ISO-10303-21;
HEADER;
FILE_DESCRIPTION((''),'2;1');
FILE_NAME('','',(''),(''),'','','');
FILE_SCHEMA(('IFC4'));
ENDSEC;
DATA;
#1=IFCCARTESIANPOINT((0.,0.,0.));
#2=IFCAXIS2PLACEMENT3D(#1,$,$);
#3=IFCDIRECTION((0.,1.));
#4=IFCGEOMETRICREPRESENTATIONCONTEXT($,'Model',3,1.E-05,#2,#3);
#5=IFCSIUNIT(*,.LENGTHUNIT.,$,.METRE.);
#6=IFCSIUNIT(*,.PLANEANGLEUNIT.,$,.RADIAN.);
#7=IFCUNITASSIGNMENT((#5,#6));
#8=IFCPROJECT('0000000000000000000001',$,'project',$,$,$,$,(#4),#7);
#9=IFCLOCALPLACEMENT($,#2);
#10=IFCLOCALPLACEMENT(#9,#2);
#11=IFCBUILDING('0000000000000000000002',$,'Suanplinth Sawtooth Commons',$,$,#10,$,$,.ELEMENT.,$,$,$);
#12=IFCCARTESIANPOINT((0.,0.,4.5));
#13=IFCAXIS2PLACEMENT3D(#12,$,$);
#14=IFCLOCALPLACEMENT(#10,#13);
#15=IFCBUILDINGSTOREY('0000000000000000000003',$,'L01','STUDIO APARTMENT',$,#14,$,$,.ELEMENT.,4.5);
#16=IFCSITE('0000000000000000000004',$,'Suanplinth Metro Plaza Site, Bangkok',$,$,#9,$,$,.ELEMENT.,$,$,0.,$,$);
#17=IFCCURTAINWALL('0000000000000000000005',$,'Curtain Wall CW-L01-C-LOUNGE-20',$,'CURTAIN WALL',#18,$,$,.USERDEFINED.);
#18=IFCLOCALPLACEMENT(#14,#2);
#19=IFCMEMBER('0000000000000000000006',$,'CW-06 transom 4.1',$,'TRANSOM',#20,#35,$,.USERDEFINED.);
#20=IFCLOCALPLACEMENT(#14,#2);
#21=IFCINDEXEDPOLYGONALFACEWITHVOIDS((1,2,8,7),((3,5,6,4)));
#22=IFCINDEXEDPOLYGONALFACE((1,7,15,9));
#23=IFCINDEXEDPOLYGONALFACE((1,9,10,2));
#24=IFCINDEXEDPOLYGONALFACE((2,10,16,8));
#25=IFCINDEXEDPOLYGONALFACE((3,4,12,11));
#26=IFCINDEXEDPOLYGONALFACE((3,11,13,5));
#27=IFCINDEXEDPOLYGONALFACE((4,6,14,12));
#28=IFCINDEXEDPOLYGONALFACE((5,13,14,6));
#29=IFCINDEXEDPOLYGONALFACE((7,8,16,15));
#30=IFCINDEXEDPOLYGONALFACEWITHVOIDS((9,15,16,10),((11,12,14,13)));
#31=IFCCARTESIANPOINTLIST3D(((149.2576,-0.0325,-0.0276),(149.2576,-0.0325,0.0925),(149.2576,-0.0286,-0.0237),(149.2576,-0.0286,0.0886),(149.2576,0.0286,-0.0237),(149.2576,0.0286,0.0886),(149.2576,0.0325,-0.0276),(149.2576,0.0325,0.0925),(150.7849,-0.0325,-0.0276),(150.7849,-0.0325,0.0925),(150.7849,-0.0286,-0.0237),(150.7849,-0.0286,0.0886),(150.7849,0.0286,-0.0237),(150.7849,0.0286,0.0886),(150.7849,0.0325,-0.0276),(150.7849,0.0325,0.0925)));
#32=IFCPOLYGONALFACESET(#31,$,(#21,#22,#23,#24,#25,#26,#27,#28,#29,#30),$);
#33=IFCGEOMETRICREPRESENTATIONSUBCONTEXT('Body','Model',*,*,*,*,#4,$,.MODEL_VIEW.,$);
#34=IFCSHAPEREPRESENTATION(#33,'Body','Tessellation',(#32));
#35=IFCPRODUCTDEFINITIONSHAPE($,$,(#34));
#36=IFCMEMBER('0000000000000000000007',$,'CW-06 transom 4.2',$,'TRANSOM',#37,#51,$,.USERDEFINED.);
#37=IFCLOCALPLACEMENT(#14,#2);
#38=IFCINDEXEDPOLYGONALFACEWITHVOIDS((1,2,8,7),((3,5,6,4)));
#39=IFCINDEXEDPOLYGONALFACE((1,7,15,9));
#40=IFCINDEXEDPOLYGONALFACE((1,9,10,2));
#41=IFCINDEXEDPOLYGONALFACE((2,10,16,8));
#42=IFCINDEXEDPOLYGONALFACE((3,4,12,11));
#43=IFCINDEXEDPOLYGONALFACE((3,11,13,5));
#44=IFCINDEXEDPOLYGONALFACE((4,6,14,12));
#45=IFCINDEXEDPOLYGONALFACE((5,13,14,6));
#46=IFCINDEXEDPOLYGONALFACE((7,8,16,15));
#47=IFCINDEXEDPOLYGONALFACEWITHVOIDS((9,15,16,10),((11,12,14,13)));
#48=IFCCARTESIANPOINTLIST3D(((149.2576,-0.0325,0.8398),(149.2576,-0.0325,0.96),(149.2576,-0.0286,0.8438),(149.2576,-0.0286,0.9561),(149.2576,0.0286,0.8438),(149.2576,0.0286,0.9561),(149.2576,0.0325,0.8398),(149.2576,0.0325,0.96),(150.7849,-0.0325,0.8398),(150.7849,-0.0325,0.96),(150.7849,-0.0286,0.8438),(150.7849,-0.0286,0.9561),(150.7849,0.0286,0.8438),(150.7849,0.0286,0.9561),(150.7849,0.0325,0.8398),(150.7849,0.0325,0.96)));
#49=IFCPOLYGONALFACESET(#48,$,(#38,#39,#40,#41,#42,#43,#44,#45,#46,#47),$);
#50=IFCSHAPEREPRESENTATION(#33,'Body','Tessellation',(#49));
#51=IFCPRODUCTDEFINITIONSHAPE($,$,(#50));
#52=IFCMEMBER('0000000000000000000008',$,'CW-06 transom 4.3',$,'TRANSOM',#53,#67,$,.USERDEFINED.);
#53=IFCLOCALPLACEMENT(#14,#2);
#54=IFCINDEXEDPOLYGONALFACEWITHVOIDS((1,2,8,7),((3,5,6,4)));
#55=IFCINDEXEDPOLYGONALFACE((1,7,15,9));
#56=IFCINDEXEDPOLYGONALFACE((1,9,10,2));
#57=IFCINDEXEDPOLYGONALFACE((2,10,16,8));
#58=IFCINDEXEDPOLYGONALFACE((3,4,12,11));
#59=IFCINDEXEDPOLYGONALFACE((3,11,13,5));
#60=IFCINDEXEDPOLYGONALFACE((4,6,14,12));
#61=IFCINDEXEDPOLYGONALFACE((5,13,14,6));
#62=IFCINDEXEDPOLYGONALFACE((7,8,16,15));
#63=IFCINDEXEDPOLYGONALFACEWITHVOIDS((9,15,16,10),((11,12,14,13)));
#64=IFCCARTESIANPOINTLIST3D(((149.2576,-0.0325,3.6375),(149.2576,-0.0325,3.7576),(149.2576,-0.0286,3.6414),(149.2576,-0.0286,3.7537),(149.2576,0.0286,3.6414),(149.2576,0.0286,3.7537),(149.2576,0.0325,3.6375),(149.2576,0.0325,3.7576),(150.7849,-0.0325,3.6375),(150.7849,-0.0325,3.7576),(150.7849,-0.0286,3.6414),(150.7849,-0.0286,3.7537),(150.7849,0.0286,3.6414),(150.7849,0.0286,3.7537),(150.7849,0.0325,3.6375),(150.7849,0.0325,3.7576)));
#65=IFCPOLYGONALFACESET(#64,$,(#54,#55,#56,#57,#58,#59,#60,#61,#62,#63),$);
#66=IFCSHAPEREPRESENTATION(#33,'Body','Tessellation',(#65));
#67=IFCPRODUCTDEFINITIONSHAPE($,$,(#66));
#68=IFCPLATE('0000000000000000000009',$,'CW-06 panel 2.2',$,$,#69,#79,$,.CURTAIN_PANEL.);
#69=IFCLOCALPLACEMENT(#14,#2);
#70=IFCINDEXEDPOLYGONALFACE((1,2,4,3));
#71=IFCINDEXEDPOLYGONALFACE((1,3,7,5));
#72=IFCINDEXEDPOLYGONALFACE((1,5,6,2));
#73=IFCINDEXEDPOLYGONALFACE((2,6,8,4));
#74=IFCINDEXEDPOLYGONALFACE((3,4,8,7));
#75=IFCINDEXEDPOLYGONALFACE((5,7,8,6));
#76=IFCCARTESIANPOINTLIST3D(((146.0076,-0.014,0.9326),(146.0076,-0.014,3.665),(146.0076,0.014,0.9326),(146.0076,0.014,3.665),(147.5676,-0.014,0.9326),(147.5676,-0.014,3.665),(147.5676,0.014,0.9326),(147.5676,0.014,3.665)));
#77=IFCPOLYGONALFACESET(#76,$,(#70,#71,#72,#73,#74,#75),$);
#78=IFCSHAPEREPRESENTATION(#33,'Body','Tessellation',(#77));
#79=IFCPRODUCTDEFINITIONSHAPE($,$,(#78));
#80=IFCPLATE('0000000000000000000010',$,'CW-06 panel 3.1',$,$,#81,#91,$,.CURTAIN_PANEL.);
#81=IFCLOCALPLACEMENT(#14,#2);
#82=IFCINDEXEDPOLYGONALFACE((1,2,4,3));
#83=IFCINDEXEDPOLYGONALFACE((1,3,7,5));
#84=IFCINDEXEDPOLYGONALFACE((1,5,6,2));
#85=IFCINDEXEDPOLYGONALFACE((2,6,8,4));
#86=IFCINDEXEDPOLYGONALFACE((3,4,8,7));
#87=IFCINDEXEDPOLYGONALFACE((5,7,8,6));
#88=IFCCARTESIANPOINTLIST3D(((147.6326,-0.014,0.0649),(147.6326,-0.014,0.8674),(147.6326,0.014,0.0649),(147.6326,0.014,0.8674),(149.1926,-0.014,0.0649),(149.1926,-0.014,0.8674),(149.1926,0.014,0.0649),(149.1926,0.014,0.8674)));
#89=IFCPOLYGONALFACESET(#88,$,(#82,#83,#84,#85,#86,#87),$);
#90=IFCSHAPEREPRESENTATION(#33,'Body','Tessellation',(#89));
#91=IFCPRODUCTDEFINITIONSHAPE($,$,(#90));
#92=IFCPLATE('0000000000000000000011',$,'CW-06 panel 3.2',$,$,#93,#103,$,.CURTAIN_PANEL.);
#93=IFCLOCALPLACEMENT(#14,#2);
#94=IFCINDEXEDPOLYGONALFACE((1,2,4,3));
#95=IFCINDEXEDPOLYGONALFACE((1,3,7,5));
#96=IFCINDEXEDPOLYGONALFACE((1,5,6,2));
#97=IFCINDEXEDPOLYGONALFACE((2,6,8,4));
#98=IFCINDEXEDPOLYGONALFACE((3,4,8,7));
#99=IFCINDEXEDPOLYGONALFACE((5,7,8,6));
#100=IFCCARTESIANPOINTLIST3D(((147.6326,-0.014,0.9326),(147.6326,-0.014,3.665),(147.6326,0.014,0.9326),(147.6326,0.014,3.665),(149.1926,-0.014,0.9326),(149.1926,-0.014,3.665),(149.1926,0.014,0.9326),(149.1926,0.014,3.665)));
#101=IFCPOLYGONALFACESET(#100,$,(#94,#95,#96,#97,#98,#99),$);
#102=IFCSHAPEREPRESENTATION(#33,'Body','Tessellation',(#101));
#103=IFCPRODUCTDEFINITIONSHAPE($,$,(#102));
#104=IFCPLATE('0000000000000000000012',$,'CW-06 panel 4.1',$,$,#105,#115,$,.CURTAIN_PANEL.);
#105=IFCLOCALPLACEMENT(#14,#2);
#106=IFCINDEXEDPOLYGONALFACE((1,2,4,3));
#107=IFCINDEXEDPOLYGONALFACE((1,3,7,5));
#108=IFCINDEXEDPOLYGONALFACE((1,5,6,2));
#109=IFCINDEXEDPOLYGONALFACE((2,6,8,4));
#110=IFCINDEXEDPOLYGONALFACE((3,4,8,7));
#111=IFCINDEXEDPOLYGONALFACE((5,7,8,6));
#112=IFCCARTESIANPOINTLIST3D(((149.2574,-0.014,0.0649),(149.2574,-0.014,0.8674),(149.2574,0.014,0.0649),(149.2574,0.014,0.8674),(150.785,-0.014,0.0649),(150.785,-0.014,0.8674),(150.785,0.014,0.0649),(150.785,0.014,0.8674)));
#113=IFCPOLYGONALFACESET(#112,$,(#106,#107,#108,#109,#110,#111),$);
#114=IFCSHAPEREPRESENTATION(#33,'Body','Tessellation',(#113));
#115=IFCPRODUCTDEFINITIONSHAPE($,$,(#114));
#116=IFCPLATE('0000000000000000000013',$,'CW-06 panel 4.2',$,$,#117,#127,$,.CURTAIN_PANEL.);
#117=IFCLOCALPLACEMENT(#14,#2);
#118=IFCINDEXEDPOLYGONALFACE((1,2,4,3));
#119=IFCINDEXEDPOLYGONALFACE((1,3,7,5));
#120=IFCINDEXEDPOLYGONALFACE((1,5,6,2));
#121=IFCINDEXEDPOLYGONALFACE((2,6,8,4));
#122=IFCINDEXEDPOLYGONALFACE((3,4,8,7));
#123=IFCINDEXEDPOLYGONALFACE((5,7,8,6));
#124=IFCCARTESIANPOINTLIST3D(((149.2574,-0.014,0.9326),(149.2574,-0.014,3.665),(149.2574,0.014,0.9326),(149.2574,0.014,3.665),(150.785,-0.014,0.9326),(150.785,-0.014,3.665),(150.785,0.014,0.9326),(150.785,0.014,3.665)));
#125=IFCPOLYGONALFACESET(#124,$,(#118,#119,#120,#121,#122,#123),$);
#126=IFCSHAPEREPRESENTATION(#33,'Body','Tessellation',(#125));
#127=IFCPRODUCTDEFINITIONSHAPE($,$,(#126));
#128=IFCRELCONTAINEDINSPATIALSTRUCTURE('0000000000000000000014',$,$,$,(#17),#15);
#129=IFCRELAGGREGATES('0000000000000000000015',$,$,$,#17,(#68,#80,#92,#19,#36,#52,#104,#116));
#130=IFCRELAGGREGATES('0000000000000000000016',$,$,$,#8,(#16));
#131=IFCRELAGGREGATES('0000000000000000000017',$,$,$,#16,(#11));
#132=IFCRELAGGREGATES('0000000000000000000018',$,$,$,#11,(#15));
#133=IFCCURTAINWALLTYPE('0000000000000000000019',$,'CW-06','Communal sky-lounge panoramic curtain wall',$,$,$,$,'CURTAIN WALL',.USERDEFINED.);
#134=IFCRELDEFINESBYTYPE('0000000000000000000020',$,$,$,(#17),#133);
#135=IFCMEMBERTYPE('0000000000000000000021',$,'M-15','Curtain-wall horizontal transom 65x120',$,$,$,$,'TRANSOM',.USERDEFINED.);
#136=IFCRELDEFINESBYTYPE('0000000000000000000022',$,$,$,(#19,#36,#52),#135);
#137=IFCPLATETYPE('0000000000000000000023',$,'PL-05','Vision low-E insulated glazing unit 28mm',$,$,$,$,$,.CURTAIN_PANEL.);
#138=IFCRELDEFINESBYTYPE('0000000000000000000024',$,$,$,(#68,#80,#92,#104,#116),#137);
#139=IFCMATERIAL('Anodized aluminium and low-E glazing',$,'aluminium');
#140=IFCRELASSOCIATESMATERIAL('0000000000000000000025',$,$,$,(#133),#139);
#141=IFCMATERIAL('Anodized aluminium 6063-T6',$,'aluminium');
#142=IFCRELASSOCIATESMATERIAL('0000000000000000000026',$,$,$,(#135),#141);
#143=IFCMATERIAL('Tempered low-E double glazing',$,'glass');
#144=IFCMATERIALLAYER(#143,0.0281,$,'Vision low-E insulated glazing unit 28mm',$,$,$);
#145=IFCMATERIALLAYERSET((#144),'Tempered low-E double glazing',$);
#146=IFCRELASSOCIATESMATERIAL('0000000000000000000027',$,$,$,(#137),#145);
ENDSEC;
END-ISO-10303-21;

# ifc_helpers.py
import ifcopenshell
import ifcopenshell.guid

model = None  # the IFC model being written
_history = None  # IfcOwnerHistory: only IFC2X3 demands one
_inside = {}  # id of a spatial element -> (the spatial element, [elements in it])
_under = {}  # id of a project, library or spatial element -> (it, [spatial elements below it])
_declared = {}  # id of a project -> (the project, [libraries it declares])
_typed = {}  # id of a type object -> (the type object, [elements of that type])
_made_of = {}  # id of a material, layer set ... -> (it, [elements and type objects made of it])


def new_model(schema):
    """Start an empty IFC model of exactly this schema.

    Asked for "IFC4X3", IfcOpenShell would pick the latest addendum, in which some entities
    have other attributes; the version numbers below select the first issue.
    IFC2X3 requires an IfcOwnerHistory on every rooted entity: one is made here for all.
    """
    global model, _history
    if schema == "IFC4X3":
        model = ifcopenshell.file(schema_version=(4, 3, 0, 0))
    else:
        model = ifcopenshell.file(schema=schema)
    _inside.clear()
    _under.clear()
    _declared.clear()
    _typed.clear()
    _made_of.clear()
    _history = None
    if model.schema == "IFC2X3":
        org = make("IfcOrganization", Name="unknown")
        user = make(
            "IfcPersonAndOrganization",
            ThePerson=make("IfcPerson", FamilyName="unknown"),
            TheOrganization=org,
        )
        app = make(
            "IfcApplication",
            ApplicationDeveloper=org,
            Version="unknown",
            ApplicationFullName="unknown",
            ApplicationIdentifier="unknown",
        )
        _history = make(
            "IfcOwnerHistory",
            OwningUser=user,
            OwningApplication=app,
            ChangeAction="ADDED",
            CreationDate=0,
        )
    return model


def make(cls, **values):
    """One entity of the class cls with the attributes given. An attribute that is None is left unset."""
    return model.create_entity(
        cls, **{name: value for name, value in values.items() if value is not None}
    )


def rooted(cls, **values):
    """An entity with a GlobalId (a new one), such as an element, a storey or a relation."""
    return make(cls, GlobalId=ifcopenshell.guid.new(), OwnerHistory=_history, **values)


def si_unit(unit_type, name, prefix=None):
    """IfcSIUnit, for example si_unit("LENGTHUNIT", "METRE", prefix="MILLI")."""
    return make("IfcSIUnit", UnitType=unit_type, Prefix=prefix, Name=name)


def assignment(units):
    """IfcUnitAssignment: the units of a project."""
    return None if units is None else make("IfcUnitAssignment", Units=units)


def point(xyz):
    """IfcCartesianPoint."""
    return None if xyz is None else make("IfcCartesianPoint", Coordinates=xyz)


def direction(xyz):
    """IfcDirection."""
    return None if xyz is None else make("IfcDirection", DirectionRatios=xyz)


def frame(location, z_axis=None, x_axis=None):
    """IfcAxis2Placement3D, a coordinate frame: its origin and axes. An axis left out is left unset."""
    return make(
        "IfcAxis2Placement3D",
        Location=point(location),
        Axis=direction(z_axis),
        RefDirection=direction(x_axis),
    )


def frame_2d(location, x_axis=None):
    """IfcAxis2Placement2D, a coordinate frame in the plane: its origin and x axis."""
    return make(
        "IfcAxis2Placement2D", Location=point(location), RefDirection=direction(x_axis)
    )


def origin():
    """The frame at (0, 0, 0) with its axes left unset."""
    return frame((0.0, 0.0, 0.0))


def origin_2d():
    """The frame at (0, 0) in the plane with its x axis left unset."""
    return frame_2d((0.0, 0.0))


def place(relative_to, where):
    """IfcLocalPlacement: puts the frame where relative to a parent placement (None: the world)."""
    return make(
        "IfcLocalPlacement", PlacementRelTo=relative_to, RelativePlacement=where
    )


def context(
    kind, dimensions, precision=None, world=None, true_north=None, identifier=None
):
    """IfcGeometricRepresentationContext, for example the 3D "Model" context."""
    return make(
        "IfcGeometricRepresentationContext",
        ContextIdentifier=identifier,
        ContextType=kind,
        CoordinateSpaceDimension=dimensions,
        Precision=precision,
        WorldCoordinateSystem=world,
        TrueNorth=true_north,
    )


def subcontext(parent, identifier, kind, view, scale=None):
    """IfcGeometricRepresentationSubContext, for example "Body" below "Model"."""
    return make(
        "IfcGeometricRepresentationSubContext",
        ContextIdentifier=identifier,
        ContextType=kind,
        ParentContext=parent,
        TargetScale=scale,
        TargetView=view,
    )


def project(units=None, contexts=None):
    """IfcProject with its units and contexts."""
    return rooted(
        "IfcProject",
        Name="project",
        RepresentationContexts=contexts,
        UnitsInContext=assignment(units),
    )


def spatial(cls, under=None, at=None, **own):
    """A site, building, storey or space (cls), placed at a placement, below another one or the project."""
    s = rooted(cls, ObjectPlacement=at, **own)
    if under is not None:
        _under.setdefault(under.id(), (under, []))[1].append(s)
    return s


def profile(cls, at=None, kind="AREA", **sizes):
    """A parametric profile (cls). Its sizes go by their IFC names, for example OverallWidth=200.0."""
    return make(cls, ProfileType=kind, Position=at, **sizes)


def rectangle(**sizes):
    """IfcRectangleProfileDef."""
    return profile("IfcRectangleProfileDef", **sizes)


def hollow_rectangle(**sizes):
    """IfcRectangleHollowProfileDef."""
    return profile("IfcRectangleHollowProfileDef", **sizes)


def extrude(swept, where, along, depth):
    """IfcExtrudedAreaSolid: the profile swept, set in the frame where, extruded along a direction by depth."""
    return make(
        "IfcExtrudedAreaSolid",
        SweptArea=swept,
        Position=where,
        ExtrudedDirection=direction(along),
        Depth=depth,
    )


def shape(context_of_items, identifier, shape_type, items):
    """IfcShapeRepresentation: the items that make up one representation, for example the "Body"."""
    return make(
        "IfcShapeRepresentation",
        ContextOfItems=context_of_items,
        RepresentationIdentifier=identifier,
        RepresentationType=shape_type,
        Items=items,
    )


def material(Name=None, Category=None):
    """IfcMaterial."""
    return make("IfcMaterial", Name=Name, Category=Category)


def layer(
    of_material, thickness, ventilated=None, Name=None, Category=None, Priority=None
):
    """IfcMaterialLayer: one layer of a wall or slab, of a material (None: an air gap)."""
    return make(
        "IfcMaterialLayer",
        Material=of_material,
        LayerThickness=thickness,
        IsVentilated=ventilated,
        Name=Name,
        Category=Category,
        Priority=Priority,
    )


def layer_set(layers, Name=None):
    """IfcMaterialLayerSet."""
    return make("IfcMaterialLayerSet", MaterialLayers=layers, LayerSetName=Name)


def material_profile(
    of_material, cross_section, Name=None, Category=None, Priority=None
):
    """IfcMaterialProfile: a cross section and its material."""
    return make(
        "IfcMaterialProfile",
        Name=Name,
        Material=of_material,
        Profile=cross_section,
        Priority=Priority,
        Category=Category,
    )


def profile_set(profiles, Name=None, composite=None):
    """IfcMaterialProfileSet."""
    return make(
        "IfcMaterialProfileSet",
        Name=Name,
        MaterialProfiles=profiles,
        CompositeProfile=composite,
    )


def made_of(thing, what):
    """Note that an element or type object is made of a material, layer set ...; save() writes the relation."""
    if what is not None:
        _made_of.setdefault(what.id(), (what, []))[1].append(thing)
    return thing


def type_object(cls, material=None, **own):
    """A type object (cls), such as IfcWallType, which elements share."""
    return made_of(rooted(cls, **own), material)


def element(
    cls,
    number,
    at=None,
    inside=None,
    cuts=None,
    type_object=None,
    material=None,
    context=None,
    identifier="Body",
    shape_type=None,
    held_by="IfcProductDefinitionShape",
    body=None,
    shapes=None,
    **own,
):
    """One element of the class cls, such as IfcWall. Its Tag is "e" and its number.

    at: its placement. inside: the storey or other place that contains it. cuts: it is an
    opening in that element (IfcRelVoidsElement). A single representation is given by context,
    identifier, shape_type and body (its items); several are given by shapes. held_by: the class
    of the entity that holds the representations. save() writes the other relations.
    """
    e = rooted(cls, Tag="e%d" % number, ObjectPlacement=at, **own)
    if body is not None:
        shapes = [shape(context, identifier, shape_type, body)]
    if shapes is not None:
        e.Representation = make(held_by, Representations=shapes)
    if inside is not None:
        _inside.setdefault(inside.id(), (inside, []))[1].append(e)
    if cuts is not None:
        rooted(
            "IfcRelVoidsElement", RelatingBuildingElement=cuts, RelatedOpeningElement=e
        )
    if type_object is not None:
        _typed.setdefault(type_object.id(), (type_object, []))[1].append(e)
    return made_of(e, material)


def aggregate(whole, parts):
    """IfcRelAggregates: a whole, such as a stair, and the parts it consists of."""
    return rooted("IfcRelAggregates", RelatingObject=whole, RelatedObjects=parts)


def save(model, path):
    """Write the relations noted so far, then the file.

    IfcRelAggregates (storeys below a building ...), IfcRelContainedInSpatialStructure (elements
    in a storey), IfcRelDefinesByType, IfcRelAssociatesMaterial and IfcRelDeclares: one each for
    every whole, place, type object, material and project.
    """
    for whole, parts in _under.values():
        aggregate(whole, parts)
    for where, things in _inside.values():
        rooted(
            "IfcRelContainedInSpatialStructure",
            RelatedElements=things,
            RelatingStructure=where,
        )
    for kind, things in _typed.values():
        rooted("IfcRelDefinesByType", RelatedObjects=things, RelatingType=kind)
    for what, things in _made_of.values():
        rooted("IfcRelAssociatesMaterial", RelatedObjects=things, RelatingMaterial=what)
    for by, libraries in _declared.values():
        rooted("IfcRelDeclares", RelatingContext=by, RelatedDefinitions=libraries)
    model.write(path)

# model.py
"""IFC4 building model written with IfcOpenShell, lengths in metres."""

from ifc_helpers import new_model, si_unit, direction, frame, origin, origin_2d, place, context, subcontext, project, spatial, rectangle, hollow_rectangle, extrude, material, layer, layer_set, material_profile, profile_set, type_object, element, aggregate, save


model = new_model("IFC4")

# Units and contexts
model_context = context("Model", 3, precision=1e-05, world=origin(), true_north=direction((0.0, 1.0)))
body_context = subcontext(model_context, "Body", "Model", "MODEL_VIEW")
ifc_project = project(units=[si_unit("LENGTHUNIT", "METRE"), si_unit("PLANEANGLEUNIT", "RADIAN")], contexts=[model_context])

# Site, building, storey
site_placement = place(None, origin())
site = spatial("IfcSite", under=ifc_project, at=site_placement, Name="Suanplinth Metro Plaza Site, Bangkok", CompositionType="ELEMENT", RefElevation=0.0)
building_placement = place(site_placement, origin())
building = spatial("IfcBuilding", under=site, at=building_placement, Name="Suanplinth Sawtooth Commons", CompositionType="ELEMENT")
storey_placement = place(building_placement, frame((0.0, 0.0, 4.5)))
storey = spatial("IfcBuildingStorey", under=building, at=storey_placement, Name="L01", Description="STUDIO APARTMENT", CompositionType="ELEMENT", Elevation=4.5)

# Curtain wall, members, plates
ifc_material_1 = material(Name="Anodized aluminium and low-E glazing", Category="aluminium")
curtain_wall_type = type_object("IfcCurtainWallType", Name="CW-06", Description="Communal sky-lounge panoramic curtain wall", ElementType="CURTAIN WALL", PredefinedType="USERDEFINED", material=ifc_material_1)
curtain_wall_placement = place(storey_placement, origin())
curtain_wall = element("IfcCurtainWall", 1, at=curtain_wall_placement, inside=storey, type_object=curtain_wall_type, Name="Curtain Wall CW-L01-C-LOUNGE-20", ObjectType="CURTAIN WALL", PredefinedType="USERDEFINED")
ifc_material_2 = material(Name="Anodized aluminium 6063-T6", Category="aluminium")
ifc_material_profile_1 = material_profile(ifc_material_2, hollow_rectangle(XDim=0.0649, YDim=0.1201, WallThickness=0.0039, at=origin_2d()), Name="ALU-TRN 65x120")
ifc_profile_set_1 = profile_set([ifc_material_profile_1], Name="Anodized aluminium 6063-T6")
member_type_1 = type_object("IfcMemberType", Name="M-15", Description="Curtain-wall horizontal transom 65x120", ElementType="TRANSOM", PredefinedType="USERDEFINED", material=ifc_profile_set_1)
member_1_placement = place(storey_placement, frame((149.2576, 0.0, 0.0325), z_axis=(1.0, 0.0, 0.0), x_axis=(0.0, 1.0, 0.0)))
member_1 = element("IfcMember", 2, at=member_1_placement, type_object=member_type_1, Name="CW-06 transom 4.1", ObjectType="TRANSOM", PredefinedType="USERDEFINED", context=body_context, shape_type="SweptSolid", body=[
    extrude(hollow_rectangle(XDim=0.0649, YDim=0.1201, WallThickness=0.0039, at=origin_2d()), origin(), (0.0, 0.0, 1.0), 1.5273),
])
member_2_placement = place(storey_placement, frame((149.2576, 0.0, 0.8999), z_axis=(1.0, 0.0, 0.0), x_axis=(0.0, 1.0, 0.0)))
member_2 = element("IfcMember", 3, at=member_2_placement, type_object=member_type_1, Name="CW-06 transom 4.2", ObjectType="TRANSOM", PredefinedType="USERDEFINED", context=body_context, shape_type="SweptSolid", body=[
    extrude(hollow_rectangle(XDim=0.0649, YDim=0.1201, WallThickness=0.0039, at=origin_2d()), origin(), (0.0, 0.0, 1.0), 1.5273),
])
member_3_placement = place(storey_placement, frame((149.2576, 0.0, 3.6975), z_axis=(1.0, 0.0, 0.0), x_axis=(0.0, 1.0, 0.0)))
member_3 = element("IfcMember", 4, at=member_3_placement, type_object=member_type_1, Name="CW-06 transom 4.3", ObjectType="TRANSOM", PredefinedType="USERDEFINED", context=body_context, shape_type="SweptSolid", body=[
    extrude(hollow_rectangle(XDim=0.0649, YDim=0.1201, WallThickness=0.0039, at=origin_2d()), origin(), (0.0, 0.0, 1.0), 1.5273),
])
ifc_material_3 = material(Name="Tempered low-E double glazing", Category="glass")
ifc_layer = layer(ifc_material_3, 0.0281, Name="Vision low-E insulated glazing unit 28mm")
ifc_layer_set = layer_set([ifc_layer], Name="Tempered low-E double glazing")
plate_type = type_object("IfcPlateType", Name="PL-05", Description="Vision low-E insulated glazing unit 28mm", PredefinedType="CURTAIN_PANEL", material=ifc_layer_set)
plate_1_placement = place(storey_placement, frame((146.7876, 0.0, 0.9326), z_axis=(0.0, 0.0, 1.0), x_axis=(1.0, 0.0, 0.0)))
plate_1 = element("IfcPlate", 5, at=plate_1_placement, type_object=plate_type, Name="CW-06 panel 2.2", PredefinedType="CURTAIN_PANEL", context=body_context, shape_type="SweptSolid", body=[
    extrude(rectangle(XDim=1.5601, YDim=0.0281, at=origin_2d()), origin(), (0.0, 0.0, 1.0), 2.7324),
])
plate_2_placement = place(storey_placement, frame((148.4126, 0.0, 0.0649), z_axis=(0.0, 0.0, 1.0), x_axis=(1.0, 0.0, 0.0)))
plate_2 = element("IfcPlate", 6, at=plate_2_placement, type_object=plate_type, Name="CW-06 panel 3.1", PredefinedType="CURTAIN_PANEL", context=body_context, shape_type="SweptSolid", body=[
    extrude(rectangle(XDim=1.5601, YDim=0.0281, at=origin_2d()), origin(), (0.0, 0.0, 1.0), 0.8025),
])
plate_3_placement = place(storey_placement, frame((148.4126, 0.0, 0.9326), z_axis=(0.0, 0.0, 1.0), x_axis=(1.0, 0.0, 0.0)))
plate_3 = element("IfcPlate", 7, at=plate_3_placement, type_object=plate_type, Name="CW-06 panel 3.2", PredefinedType="CURTAIN_PANEL", context=body_context, shape_type="SweptSolid", body=[
    extrude(rectangle(XDim=1.5601, YDim=0.0281, at=origin_2d()), origin(), (0.0, 0.0, 1.0), 2.7324),
])
plate_4_placement = place(storey_placement, frame((150.0212, 0.0, 0.0649), z_axis=(0.0, 0.0, 1.0), x_axis=(1.0, 0.0, 0.0)))
plate_4 = element("IfcPlate", 8, at=plate_4_placement, type_object=plate_type, Name="CW-06 panel 4.1", PredefinedType="CURTAIN_PANEL", context=body_context, shape_type="SweptSolid", body=[
    extrude(rectangle(XDim=1.5276, YDim=0.0281, at=origin_2d()), origin(), (0.0, 0.0, 1.0), 0.8025),
])
plate_5_placement = place(storey_placement, frame((150.0212, 0.0, 0.9326), z_axis=(0.0, 0.0, 1.0), x_axis=(1.0, 0.0, 0.0)))
plate_5 = element("IfcPlate", 9, at=plate_5_placement, type_object=plate_type, Name="CW-06 panel 4.2", PredefinedType="CURTAIN_PANEL", context=body_context, shape_type="SweptSolid", body=[
    extrude(rectangle(XDim=1.5276, YDim=0.0281, at=origin_2d()), origin(), (0.0, 0.0, 1.0), 2.7324),
])
aggregate(curtain_wall, [plate_1, plate_2, plate_3, member_1, member_2, member_3, plate_4, plate_5])

save(model, "model.ifc")
